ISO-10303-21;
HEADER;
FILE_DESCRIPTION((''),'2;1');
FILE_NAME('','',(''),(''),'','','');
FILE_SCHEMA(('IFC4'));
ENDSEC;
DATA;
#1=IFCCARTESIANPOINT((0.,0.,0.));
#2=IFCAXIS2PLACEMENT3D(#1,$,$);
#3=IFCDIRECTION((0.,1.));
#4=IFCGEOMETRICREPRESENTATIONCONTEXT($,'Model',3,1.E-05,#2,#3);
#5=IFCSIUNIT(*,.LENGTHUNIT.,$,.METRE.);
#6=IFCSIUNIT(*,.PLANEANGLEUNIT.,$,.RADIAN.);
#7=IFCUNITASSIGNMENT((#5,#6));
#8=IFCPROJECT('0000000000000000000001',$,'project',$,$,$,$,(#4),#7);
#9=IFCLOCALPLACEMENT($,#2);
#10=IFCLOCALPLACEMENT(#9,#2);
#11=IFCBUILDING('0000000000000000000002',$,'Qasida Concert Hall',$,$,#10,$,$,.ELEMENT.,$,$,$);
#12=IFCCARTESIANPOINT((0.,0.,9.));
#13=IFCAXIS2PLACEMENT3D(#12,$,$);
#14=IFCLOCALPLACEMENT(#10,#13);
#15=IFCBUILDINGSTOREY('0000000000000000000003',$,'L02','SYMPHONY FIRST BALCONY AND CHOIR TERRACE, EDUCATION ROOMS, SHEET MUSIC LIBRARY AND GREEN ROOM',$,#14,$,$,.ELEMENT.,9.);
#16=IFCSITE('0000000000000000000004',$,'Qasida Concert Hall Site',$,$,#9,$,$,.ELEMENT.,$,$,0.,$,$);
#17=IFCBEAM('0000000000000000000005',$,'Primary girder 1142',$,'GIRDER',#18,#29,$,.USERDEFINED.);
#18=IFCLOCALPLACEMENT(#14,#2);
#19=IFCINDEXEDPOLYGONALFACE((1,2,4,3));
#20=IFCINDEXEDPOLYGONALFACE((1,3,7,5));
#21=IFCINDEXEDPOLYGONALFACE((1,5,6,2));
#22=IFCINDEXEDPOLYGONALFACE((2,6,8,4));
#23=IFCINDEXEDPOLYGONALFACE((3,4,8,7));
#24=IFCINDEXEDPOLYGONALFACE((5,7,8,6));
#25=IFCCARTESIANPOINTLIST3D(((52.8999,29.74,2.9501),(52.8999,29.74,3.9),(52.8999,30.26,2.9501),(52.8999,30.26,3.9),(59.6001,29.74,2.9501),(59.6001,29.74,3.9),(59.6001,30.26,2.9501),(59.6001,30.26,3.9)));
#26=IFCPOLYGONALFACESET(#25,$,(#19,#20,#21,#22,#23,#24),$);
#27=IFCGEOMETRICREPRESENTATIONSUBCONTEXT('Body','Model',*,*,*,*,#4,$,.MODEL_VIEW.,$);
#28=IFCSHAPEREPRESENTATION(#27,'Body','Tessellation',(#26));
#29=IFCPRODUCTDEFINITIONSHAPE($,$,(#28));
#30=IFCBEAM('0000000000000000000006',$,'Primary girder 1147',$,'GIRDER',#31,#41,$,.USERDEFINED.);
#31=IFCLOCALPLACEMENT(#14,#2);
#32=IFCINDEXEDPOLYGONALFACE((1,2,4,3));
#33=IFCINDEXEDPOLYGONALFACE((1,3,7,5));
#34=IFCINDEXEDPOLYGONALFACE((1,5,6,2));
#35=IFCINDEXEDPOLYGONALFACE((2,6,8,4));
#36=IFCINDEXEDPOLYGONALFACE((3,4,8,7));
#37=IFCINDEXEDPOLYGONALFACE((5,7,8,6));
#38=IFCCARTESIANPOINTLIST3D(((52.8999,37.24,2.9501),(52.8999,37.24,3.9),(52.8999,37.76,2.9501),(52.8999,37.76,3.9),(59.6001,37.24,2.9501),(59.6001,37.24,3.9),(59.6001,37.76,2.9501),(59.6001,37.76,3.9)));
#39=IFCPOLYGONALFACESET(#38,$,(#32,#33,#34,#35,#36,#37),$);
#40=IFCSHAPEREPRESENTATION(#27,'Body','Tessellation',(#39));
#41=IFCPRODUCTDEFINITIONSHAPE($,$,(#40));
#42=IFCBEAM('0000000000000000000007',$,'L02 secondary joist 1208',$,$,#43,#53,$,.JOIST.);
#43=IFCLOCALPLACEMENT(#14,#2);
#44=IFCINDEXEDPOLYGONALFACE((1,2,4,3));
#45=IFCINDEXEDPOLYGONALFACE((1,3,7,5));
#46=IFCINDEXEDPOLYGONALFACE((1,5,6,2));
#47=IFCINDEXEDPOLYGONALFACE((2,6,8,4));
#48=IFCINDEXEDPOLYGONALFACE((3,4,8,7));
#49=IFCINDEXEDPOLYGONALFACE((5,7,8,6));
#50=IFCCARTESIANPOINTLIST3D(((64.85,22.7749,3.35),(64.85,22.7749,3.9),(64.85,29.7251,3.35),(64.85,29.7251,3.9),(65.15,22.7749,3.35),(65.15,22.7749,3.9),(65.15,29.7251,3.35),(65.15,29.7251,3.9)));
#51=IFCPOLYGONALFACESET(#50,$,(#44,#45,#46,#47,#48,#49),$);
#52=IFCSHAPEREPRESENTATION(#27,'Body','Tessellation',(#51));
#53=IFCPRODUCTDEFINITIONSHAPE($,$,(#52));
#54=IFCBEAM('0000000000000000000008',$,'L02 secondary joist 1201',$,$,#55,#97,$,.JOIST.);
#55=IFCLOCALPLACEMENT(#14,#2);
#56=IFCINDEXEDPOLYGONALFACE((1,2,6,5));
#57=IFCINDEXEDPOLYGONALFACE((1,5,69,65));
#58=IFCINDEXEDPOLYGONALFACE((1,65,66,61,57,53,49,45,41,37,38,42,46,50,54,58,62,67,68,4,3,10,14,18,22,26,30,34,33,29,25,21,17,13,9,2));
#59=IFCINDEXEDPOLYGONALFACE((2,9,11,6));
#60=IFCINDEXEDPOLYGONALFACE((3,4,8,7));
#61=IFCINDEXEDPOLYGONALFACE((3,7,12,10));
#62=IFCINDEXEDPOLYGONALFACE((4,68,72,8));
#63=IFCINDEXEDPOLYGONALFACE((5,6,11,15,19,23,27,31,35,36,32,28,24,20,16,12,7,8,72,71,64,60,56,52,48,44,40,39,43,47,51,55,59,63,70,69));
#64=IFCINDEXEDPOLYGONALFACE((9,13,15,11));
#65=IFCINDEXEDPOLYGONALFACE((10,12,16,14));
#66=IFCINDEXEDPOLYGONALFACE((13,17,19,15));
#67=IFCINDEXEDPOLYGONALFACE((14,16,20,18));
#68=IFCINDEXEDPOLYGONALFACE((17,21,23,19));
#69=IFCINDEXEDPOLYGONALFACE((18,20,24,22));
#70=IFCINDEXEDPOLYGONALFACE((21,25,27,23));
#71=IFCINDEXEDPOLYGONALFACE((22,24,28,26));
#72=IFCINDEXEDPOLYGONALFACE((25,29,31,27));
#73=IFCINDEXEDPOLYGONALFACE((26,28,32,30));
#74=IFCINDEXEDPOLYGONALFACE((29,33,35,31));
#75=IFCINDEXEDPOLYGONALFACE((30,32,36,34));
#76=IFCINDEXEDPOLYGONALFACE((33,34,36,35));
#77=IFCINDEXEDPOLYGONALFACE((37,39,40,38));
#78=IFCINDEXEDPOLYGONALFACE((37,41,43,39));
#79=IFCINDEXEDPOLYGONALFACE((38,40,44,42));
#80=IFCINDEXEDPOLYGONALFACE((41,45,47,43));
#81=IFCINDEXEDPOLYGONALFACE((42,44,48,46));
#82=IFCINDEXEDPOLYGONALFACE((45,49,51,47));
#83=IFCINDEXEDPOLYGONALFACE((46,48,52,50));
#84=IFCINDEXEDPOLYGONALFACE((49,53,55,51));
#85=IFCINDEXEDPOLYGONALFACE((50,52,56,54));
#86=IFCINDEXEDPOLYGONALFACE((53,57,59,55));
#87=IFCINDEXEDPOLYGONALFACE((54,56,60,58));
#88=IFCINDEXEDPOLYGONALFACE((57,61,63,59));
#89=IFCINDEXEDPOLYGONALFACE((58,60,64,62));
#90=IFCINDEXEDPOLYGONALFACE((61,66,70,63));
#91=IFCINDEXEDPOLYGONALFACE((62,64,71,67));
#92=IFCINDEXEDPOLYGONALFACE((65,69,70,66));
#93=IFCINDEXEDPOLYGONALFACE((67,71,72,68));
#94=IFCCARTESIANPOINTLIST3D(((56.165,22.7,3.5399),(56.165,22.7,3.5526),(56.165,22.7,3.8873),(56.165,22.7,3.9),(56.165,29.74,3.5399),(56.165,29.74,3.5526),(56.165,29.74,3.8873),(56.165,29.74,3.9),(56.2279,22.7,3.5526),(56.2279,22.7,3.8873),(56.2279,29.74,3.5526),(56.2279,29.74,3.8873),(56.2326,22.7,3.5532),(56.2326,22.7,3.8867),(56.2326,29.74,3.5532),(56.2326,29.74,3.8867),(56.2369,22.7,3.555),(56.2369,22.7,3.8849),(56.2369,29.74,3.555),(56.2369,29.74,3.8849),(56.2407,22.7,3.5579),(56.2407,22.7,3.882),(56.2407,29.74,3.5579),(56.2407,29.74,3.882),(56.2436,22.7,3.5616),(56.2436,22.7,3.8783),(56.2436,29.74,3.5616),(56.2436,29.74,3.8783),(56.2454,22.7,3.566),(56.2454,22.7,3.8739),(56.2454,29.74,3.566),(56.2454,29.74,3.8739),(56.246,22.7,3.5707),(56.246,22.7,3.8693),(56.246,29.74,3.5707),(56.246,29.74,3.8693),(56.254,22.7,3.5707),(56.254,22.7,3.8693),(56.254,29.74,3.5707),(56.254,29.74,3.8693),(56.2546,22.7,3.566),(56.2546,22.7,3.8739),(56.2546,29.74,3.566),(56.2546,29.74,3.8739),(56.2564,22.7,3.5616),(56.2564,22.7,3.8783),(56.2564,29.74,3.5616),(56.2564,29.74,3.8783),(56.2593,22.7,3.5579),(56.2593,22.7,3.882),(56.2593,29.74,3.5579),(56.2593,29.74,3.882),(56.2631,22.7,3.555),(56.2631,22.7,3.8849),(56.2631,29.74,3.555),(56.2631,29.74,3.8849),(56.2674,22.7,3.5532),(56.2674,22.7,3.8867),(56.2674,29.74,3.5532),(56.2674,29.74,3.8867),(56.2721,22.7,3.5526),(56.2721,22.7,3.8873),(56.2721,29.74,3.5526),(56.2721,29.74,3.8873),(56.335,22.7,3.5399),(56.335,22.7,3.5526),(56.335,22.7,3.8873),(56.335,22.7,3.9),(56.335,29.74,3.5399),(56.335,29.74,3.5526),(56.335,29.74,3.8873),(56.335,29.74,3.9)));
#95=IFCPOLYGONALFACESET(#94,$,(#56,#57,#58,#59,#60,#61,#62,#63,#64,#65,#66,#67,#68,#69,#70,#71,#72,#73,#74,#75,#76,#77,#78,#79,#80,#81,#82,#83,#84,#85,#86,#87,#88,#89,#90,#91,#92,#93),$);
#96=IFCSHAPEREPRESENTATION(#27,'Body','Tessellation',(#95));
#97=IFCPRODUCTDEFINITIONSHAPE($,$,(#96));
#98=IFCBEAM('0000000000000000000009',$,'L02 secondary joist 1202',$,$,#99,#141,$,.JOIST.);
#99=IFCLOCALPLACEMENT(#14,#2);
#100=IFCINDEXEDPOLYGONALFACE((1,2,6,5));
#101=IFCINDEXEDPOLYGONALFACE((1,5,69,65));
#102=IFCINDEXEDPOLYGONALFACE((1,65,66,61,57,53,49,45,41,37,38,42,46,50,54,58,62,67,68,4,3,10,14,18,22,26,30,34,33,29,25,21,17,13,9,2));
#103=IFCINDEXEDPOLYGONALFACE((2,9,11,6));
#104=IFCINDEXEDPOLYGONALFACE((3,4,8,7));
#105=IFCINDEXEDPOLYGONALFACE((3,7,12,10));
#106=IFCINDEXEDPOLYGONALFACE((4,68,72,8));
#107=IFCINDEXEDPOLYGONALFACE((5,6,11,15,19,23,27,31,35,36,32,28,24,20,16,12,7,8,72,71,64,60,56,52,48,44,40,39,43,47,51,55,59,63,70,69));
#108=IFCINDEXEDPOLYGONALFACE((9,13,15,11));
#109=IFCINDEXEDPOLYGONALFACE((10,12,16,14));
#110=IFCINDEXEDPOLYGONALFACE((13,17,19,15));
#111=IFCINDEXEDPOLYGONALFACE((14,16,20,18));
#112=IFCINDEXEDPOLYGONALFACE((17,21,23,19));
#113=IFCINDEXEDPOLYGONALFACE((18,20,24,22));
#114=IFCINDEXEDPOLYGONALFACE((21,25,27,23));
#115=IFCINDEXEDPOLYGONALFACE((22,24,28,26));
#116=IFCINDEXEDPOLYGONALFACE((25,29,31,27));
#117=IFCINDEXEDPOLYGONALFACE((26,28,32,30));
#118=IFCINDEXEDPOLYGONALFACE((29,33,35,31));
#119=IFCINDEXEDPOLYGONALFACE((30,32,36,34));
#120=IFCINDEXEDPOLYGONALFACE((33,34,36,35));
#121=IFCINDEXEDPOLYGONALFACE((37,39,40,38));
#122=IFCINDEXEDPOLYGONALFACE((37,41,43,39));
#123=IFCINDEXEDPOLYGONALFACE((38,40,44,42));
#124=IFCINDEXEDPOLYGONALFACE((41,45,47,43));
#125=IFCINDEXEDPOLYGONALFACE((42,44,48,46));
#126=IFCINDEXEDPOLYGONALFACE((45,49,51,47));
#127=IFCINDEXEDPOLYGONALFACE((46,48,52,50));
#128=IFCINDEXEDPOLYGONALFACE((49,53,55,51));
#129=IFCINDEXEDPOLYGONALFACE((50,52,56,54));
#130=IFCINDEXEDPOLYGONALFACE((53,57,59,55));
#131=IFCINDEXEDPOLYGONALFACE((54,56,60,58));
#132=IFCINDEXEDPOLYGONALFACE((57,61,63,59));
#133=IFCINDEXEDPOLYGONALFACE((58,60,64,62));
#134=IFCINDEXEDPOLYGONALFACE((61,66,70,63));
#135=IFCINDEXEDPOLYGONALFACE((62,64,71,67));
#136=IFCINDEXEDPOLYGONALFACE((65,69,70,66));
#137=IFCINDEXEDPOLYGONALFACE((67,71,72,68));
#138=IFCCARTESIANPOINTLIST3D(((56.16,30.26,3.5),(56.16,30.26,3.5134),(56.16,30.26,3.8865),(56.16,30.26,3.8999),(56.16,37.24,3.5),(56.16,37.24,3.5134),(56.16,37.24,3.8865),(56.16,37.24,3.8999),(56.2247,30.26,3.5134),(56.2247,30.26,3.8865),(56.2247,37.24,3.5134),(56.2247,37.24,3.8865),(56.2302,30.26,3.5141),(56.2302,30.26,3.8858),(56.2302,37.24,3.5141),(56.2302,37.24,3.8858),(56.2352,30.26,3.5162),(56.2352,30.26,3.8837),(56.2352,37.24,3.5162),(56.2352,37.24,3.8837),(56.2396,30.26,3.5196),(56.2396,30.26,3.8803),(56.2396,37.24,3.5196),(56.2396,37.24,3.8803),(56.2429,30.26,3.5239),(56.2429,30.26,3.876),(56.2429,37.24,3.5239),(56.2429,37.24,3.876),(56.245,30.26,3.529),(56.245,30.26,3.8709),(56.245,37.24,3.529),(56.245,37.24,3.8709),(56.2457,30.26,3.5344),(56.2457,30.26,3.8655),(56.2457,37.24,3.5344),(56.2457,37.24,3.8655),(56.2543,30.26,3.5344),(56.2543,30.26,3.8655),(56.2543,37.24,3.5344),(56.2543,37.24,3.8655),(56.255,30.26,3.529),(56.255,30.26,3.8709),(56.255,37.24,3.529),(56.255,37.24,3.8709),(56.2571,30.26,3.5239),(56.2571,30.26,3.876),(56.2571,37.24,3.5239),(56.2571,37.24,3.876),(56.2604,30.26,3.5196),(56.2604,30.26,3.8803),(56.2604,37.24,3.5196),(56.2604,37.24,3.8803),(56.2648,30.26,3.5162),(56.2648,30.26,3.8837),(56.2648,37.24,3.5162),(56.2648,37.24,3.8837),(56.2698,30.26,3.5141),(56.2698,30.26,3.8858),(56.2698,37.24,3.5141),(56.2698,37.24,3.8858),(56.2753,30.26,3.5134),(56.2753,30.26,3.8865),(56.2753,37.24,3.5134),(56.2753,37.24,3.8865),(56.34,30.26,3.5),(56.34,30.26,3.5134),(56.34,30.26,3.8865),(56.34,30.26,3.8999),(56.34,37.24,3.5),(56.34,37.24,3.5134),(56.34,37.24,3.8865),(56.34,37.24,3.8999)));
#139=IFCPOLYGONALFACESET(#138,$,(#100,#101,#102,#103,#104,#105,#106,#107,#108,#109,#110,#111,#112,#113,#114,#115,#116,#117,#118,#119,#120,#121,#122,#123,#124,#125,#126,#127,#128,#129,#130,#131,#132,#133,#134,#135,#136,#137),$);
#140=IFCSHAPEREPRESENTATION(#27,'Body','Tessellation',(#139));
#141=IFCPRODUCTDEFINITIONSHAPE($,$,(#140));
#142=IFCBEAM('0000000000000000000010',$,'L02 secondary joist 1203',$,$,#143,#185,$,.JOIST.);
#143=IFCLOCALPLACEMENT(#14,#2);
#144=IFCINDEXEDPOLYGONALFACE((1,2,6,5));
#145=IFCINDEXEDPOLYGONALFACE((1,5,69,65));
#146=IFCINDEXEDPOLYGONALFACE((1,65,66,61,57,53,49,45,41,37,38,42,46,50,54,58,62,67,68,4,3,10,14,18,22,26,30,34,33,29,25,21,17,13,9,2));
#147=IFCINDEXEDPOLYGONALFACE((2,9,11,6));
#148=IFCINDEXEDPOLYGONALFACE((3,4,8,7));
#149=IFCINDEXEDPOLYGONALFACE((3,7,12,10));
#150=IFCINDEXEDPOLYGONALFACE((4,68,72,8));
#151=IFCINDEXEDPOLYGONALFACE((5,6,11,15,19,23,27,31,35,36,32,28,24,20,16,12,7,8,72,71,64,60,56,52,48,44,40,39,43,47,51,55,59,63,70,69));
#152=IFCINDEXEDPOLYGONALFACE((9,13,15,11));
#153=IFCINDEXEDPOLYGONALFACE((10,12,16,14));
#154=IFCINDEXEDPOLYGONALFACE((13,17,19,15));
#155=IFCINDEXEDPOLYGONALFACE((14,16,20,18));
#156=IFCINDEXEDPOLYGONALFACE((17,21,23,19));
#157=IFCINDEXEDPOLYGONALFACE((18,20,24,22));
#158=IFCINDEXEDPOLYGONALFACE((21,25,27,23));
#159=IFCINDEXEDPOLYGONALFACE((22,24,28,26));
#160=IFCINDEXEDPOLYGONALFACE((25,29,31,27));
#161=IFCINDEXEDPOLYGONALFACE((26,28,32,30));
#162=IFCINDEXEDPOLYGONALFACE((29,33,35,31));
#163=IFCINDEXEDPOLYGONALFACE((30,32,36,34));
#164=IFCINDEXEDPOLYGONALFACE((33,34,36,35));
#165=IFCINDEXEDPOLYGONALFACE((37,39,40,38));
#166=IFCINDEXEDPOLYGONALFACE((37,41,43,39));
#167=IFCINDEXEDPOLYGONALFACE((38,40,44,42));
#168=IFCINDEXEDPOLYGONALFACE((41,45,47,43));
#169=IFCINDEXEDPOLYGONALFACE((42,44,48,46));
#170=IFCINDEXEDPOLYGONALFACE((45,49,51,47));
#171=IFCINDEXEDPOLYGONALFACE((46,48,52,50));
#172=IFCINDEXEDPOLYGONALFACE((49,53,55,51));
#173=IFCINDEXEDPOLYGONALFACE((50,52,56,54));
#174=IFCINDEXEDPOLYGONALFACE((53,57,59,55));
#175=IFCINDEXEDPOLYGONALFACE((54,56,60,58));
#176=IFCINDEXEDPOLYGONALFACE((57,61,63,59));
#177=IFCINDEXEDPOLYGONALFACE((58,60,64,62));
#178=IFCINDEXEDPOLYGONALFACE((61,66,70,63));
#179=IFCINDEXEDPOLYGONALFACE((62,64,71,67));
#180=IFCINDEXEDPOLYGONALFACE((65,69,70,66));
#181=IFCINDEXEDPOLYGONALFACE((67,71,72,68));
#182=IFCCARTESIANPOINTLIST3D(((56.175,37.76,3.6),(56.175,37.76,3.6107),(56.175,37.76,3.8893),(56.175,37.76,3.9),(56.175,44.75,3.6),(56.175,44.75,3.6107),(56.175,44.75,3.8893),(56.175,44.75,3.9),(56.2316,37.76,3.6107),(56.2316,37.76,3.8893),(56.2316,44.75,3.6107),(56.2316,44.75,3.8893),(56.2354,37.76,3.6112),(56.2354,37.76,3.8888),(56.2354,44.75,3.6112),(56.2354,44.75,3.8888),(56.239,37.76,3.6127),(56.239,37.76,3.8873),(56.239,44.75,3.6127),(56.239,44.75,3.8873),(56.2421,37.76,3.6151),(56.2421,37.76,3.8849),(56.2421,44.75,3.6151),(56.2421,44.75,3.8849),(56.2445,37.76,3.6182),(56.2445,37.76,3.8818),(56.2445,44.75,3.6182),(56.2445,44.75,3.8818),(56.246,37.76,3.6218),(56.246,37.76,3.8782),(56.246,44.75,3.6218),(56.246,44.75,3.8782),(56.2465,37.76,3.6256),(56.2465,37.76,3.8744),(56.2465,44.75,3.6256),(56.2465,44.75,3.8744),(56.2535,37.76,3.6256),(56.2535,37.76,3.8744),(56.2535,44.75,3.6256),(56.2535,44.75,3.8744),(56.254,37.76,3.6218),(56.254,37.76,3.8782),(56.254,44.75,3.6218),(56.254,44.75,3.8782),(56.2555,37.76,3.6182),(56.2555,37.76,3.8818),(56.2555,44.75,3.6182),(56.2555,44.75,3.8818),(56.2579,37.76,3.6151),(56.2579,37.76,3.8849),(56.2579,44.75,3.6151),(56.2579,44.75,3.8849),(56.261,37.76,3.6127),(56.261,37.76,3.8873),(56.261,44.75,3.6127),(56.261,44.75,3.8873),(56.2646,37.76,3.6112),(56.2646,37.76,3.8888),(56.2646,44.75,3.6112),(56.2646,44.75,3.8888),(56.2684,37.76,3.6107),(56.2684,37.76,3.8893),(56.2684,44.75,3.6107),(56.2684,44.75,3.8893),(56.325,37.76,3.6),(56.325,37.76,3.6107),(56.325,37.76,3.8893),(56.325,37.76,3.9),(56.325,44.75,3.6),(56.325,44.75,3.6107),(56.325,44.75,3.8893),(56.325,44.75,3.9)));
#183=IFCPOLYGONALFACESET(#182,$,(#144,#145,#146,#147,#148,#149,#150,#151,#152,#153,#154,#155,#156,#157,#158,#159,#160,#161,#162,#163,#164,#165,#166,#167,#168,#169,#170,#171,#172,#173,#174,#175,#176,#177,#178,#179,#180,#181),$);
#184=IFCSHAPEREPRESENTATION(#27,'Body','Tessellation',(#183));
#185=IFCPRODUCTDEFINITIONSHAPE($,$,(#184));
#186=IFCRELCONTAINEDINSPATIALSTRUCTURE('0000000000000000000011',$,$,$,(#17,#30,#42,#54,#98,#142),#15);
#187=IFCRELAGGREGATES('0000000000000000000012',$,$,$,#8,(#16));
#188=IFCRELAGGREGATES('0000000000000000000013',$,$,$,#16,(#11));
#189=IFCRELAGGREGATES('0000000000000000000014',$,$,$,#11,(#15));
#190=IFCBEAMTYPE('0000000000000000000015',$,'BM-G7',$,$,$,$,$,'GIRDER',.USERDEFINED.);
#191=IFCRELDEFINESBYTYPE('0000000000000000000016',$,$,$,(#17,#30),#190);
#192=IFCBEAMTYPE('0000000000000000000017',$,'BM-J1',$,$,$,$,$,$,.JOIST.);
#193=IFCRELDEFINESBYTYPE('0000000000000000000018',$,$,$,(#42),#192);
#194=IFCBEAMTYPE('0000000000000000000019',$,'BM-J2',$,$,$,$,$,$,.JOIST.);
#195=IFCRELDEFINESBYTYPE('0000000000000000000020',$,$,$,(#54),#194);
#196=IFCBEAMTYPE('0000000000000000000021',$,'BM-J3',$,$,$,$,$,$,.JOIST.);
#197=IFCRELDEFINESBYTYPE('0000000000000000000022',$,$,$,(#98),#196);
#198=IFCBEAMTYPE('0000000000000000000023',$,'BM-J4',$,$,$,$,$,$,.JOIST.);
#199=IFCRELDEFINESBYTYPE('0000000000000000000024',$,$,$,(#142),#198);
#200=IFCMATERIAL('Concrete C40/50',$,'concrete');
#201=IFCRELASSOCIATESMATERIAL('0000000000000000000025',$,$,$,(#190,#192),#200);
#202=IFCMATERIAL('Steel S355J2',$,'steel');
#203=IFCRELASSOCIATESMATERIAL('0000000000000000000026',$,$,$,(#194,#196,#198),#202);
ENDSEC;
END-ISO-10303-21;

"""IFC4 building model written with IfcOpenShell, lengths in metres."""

from ifc_helpers import new_model, si_unit, direction, frame, origin, origin_2d, place, context, subcontext, project, spatial, rectangle, i_section, extrude, material, material_profile, profile_set, type_object, element, save


model = new_model("IFC4")

# Units and contexts
model_context = context("Model", 3, precision=1e-05, world=origin(), true_north=direction((0.0, 1.0)))
body_context = subcontext(model_context, "Body", "Model", "MODEL_VIEW")
ifc_project = project(units=[si_unit("LENGTHUNIT", "METRE"), si_unit("PLANEANGLEUNIT", "RADIAN")], contexts=[model_context])

# Site, building, storey
site_placement = place(None, origin())
site = spatial("IfcSite", under=ifc_project, at=site_placement, Name="Qasida Concert Hall Site", CompositionType="ELEMENT", RefElevation=0.0)
building_placement = place(site_placement, origin())
building = spatial("IfcBuilding", under=site, at=building_placement, Name="Qasida Concert Hall", CompositionType="ELEMENT")
storey_placement = place(building_placement, frame((0.0, 0.0, 9.0)))
storey = spatial("IfcBuildingStorey", under=building, at=storey_placement, Name="L02", Description="SYMPHONY FIRST BALCONY AND CHOIR TERRACE, EDUCATION ROOMS, SHEET MUSIC LIBRARY AND GREEN ROOM", CompositionType="ELEMENT", Elevation=9.0)

# Beams
ifc_material_1 = material(Name="Steel S355J2", Category="steel")
ifc_material_2 = material(Name="Concrete C40/50", Category="concrete")
ifc_material_profile_1 = material_profile(ifc_material_2, rectangle(XDim=0.52, YDim=0.95, at=origin_2d()), Name="RC 520x950")
ifc_profile_set_1 = profile_set([ifc_material_profile_1], Name="Concrete C40/50")
beam_type_1 = type_object("IfcBeamType", Name="BM-G7", ElementType="GIRDER", PredefinedType="USERDEFINED", material=ifc_profile_set_1)
for number, where, z_axis, x_axis, name in (
    (1, (52.8999, 30.0, 3.425), (1.0, 0.0, 0.0), (0.0, 1.0, 0.0), "Primary girder 1142"),
    (2, (52.8999, 37.5, 3.425), (1.0, 0.0, 0.0), (0.0, 1.0, 0.0), "Primary girder 1147"),
):
    element("IfcBeam", number, at=place(storey_placement, frame(where, z_axis=z_axis, x_axis=x_axis)), inside=storey, type_object=beam_type_1, Name=name, ObjectType="GIRDER", PredefinedType="USERDEFINED", context=body_context, shape_type="SweptSolid", body=[
        extrude(rectangle(XDim=0.52, YDim=0.95, at=origin_2d()), origin(), (0.0, 0.0, 1.0), 6.7002),
    ])
ifc_material_profile_2 = material_profile(ifc_material_2, rectangle(XDim=0.3, YDim=0.55, at=origin_2d()), Name="RC 300x550")
ifc_profile_set_2 = profile_set([ifc_material_profile_2], Name="Concrete C40/50")
beam_type_2 = type_object("IfcBeamType", Name="BM-J1", PredefinedType="JOIST", material=ifc_profile_set_2)
beam_1_placement = place(storey_placement, frame((65.0, 22.7749, 3.625), z_axis=(0.0, 1.0, 0.0), x_axis=(-1.0, 0.0, 0.0)))
element("IfcBeam", 3, at=beam_1_placement, inside=storey, type_object=beam_type_2, Name="L02 secondary joist 1208", PredefinedType="JOIST", context=body_context, shape_type="SweptSolid", body=[
    extrude(rectangle(XDim=0.3, YDim=0.55, at=origin_2d()), origin(), (0.0, 0.0, 1.0), 6.9502),
])
ifc_material_profile_3 = material_profile(ifc_material_1, i_section(OverallWidth=0.1699, OverallDepth=0.3601, WebThickness=0.0081, FlangeThickness=0.0127, FilletRadius=0.0181, at=origin_2d()), Name="IPE 360")
ifc_profile_set_3 = profile_set([ifc_material_profile_3], Name="Steel S355J2")
beam_type_3 = type_object("IfcBeamType", Name="BM-J2", PredefinedType="JOIST", material=ifc_profile_set_3)
beam_2_placement = place(storey_placement, frame((56.25, 22.7, 3.72), z_axis=(0.0, 1.0, 0.0), x_axis=(-1.0, 0.0, 0.0)))
element("IfcBeam", 4, at=beam_2_placement, inside=storey, type_object=beam_type_3, Name="L02 secondary joist 1201", PredefinedType="JOIST", context=body_context, shape_type="SweptSolid", body=[
    extrude(i_section(OverallWidth=0.1699, OverallDepth=0.3601, WebThickness=0.0081, FlangeThickness=0.0127, FilletRadius=0.0181, at=origin_2d()), origin(), (0.0, 0.0, 1.0), 7.04),
])
ifc_material_profile_4 = material_profile(ifc_material_1, i_section(OverallWidth=0.1799, OverallDepth=0.3999, WebThickness=0.0085, FlangeThickness=0.0134, FilletRadius=0.021, at=origin_2d()), Name="IPE 400")
ifc_profile_set_4 = profile_set([ifc_material_profile_4], Name="Steel S355J2")
beam_type_4 = type_object("IfcBeamType", Name="BM-J3", PredefinedType="JOIST", material=ifc_profile_set_4)
beam_3_placement = place(storey_placement, frame((56.25, 30.26, 3.7), z_axis=(0.0, 1.0, 0.0), x_axis=(-1.0, 0.0, 0.0)))
element("IfcBeam", 5, at=beam_3_placement, inside=storey, type_object=beam_type_4, Name="L02 secondary joist 1202", PredefinedType="JOIST", context=body_context, shape_type="SweptSolid", body=[
    extrude(i_section(OverallWidth=0.1799, OverallDepth=0.3999, WebThickness=0.0085, FlangeThickness=0.0134, FilletRadius=0.021, at=origin_2d()), origin(), (0.0, 0.0, 1.0), 6.98),
])
ifc_material_profile_5 = material_profile(ifc_material_1, i_section(OverallWidth=0.1499, OverallDepth=0.3, WebThickness=0.0071, FlangeThickness=0.0107, FilletRadius=0.0149, at=origin_2d()), Name="IPE 300")
ifc_profile_set_5 = profile_set([ifc_material_profile_5], Name="Steel S355J2")
beam_type_5 = type_object("IfcBeamType", Name="BM-J4", PredefinedType="JOIST", material=ifc_profile_set_5)
beam_4_placement = place(storey_placement, frame((56.25, 37.76, 3.75), z_axis=(0.0, 1.0, 0.0), x_axis=(-1.0, 0.0, 0.0)))
element("IfcBeam", 6, at=beam_4_placement, inside=storey, type_object=beam_type_5, Name="L02 secondary joist 1203", PredefinedType="JOIST", context=body_context, shape_type="SweptSolid", body=[
    extrude(i_section(OverallWidth=0.1499, OverallDepth=0.3, WebThickness=0.0071, FlangeThickness=0.0107, FilletRadius=0.0149, at=origin_2d()), origin(), (0.0, 0.0, 1.0), 6.99),
])

save(model, "model.ifc")
